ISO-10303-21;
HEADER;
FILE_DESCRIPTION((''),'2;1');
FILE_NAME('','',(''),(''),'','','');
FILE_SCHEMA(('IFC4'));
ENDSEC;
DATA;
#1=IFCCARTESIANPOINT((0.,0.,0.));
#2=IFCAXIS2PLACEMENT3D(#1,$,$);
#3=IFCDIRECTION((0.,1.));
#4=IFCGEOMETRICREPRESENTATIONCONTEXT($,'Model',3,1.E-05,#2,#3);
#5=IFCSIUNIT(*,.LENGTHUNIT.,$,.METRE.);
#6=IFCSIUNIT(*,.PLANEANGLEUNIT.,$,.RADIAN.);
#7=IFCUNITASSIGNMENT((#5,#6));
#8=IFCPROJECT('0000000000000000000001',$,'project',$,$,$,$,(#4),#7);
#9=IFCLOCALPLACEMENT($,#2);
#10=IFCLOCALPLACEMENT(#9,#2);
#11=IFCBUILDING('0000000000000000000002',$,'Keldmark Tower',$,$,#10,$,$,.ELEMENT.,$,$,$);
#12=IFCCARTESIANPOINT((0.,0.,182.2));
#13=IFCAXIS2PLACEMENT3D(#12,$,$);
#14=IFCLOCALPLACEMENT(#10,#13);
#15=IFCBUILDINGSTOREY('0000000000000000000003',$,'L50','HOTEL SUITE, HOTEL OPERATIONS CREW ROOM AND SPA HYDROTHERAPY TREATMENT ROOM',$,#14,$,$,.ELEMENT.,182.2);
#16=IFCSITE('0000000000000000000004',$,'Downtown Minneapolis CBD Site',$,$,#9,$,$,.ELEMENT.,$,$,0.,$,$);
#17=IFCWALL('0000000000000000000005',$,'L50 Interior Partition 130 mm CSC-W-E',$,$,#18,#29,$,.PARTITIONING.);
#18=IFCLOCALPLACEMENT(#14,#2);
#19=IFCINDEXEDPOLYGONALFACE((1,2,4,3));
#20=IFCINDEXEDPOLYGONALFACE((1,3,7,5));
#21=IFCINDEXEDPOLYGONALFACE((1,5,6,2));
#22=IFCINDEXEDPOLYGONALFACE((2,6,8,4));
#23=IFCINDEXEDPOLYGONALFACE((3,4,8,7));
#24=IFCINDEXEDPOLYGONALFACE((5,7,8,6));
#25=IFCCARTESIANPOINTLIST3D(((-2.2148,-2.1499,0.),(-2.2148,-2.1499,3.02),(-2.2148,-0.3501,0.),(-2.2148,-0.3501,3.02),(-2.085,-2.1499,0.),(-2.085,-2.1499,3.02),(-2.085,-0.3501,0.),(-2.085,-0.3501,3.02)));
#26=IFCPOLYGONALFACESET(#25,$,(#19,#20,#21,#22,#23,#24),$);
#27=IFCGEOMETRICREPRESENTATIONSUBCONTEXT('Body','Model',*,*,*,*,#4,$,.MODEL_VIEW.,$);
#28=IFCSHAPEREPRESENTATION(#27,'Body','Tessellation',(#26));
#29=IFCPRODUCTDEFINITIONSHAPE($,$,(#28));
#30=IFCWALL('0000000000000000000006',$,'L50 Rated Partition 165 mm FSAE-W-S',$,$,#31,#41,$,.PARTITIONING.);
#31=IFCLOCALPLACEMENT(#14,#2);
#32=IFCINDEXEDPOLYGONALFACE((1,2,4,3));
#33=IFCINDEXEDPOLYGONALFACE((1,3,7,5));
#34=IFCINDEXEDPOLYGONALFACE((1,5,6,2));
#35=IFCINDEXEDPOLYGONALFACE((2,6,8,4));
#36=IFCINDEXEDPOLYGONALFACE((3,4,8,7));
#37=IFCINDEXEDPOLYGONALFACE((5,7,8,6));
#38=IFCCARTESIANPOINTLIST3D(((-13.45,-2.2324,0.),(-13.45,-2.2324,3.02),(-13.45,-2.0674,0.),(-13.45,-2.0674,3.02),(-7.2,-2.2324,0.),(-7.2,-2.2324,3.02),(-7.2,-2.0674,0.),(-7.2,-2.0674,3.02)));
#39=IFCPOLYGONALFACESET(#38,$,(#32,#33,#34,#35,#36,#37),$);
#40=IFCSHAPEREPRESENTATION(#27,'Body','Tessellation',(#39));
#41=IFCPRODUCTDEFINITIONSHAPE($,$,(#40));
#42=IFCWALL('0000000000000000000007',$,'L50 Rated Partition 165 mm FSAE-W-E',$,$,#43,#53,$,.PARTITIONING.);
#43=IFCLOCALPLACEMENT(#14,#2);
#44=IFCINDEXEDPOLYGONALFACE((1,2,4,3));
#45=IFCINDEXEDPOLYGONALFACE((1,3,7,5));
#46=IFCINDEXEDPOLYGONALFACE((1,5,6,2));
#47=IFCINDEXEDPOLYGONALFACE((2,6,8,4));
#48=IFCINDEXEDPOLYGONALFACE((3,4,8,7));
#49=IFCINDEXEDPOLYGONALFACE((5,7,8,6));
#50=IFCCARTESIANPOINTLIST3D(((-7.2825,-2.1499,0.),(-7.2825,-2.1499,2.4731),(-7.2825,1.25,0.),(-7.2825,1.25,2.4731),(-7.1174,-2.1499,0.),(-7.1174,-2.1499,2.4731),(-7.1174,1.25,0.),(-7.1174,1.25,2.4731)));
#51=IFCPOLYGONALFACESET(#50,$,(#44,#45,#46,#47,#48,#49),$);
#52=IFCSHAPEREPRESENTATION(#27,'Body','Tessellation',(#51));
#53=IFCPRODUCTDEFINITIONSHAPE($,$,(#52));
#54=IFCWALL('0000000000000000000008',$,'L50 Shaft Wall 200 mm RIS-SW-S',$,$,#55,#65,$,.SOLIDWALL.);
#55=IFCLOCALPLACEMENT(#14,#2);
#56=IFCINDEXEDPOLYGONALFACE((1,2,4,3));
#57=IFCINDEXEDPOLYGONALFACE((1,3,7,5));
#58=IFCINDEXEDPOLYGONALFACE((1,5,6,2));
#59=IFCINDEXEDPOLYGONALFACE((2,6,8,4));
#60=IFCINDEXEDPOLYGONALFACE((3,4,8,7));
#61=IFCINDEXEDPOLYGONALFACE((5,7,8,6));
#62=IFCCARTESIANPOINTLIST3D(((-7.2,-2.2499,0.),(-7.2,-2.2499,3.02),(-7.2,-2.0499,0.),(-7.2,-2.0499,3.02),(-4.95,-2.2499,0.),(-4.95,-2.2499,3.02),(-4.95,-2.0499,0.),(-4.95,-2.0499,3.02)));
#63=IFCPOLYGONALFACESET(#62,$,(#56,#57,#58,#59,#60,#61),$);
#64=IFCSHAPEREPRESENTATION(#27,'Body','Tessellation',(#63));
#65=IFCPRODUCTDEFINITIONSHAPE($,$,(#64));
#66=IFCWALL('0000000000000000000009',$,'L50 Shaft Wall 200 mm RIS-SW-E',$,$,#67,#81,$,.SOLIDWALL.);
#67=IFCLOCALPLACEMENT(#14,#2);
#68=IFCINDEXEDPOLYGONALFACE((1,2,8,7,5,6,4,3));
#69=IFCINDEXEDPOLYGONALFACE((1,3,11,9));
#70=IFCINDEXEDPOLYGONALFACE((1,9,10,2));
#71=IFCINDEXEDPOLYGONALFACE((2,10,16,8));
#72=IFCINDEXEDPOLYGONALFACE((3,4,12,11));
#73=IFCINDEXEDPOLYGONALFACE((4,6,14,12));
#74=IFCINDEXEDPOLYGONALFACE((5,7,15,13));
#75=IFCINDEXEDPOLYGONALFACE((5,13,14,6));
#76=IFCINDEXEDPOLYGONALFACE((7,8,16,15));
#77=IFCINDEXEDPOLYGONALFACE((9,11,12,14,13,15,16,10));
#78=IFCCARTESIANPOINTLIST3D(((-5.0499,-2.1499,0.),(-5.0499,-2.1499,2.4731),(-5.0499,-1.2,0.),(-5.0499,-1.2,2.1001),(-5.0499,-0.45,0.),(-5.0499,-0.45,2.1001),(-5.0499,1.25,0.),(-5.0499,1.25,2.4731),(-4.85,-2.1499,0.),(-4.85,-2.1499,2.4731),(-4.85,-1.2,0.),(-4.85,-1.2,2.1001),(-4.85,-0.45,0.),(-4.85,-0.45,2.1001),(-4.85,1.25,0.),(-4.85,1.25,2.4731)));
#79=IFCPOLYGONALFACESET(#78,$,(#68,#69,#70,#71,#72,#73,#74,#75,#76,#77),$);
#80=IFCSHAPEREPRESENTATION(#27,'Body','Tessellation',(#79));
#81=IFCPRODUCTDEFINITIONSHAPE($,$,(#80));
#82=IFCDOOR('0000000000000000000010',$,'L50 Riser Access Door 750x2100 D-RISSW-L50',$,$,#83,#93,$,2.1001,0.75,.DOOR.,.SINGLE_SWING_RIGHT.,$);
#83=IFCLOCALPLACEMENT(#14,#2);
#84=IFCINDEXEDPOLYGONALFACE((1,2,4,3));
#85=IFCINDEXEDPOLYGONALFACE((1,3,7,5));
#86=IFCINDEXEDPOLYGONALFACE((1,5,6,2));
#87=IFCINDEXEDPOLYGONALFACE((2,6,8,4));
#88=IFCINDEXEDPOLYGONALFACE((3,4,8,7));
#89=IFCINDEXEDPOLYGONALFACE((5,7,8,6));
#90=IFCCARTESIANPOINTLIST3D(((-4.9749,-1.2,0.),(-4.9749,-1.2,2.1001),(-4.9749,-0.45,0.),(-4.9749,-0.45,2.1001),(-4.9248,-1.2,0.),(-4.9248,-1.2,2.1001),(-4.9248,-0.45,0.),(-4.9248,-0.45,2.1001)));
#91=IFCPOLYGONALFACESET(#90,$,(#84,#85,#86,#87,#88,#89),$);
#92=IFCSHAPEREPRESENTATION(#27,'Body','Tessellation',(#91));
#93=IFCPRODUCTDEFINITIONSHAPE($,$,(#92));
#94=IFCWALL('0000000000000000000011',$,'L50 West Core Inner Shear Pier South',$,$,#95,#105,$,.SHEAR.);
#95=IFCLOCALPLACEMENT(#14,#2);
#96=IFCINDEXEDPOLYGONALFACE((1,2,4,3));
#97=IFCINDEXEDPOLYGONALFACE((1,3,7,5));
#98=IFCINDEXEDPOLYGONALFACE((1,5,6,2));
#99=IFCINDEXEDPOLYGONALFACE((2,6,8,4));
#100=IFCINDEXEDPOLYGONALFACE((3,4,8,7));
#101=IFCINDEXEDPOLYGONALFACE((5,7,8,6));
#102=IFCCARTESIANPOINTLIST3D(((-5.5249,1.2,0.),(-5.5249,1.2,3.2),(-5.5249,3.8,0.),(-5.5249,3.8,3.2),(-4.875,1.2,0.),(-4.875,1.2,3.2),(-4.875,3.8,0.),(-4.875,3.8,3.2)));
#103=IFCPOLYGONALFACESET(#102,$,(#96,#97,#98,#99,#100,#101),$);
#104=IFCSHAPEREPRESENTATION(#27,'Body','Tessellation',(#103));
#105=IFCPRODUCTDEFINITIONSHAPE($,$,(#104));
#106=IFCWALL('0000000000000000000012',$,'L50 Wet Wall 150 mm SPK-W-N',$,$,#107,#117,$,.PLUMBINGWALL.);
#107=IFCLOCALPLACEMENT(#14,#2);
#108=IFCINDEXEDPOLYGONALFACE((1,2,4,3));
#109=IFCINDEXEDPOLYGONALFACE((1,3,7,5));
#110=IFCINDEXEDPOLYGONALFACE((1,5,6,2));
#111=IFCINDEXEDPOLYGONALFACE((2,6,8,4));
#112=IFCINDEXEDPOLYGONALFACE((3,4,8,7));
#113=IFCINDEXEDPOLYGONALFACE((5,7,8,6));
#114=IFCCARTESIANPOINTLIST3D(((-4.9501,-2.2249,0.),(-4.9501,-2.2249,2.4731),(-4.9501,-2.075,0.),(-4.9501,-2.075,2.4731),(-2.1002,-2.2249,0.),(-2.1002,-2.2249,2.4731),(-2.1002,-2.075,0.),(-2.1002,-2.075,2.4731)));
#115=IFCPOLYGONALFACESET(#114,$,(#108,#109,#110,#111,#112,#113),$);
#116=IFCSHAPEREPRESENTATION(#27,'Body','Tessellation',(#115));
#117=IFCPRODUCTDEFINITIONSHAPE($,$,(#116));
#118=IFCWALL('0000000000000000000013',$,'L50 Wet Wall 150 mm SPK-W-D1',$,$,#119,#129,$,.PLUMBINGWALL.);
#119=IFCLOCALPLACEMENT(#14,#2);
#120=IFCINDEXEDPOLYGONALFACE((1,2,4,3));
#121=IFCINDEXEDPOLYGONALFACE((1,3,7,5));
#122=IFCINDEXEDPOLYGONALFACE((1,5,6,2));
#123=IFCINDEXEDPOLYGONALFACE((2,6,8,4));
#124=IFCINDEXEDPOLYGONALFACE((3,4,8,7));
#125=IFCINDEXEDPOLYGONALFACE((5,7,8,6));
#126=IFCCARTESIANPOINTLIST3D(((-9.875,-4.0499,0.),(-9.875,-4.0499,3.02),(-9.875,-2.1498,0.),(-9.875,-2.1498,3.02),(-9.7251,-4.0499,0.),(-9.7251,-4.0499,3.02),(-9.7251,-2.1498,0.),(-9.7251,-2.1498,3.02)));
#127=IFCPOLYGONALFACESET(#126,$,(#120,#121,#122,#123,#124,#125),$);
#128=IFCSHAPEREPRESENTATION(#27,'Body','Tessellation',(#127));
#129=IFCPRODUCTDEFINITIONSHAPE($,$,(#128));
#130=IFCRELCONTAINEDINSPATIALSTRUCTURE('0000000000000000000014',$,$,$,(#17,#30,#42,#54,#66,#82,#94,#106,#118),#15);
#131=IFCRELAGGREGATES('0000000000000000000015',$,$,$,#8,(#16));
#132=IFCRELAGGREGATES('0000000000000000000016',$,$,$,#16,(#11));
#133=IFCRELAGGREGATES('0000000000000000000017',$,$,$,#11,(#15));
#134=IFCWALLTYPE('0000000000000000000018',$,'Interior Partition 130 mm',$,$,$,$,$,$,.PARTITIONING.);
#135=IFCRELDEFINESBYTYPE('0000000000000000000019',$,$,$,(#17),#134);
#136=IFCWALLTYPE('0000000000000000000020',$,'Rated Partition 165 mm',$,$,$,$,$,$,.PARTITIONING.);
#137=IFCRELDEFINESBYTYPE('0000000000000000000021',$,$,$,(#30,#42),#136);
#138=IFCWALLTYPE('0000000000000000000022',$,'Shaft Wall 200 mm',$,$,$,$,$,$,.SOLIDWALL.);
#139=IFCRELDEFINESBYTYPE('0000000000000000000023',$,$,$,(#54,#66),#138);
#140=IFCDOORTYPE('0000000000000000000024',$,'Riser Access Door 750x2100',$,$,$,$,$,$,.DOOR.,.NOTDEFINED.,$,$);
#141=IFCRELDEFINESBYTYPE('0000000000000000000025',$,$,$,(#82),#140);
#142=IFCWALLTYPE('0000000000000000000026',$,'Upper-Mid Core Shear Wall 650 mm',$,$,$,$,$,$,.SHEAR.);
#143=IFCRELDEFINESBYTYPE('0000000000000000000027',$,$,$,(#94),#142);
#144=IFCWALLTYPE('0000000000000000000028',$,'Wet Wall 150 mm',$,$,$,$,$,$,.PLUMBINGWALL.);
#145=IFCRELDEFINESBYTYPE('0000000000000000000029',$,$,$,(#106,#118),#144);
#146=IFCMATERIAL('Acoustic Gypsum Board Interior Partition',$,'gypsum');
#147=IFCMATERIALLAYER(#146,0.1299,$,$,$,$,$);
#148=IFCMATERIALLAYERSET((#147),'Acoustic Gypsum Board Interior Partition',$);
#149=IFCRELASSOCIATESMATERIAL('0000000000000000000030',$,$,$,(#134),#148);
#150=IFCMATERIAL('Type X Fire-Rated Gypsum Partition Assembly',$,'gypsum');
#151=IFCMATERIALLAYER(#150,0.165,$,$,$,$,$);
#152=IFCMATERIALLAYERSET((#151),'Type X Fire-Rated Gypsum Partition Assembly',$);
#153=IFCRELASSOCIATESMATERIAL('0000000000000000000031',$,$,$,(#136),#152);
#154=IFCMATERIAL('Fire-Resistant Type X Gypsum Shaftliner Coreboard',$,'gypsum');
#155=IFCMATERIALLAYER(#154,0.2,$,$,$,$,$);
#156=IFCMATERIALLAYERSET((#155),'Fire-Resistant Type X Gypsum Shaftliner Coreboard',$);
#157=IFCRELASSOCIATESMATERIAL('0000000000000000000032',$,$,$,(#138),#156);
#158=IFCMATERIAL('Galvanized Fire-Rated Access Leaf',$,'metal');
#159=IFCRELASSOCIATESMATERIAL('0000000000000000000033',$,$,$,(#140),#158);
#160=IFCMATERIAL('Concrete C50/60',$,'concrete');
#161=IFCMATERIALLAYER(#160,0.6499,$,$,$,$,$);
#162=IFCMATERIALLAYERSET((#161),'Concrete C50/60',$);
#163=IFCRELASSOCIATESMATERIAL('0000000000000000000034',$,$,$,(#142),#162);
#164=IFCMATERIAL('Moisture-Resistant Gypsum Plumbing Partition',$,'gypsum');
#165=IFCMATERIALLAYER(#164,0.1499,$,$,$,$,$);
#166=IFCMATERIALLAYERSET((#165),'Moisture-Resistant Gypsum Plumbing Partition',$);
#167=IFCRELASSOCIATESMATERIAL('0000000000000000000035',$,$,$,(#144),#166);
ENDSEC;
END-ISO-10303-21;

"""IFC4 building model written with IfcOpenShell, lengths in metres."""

from ifc_helpers import new_model, si_unit, direction, frame, frame_2d, origin, place, context, subcontext, project, spatial, rectangle, extrude, material, layer, layer_set, type_object, element, fill, save


model = new_model("IFC4")

# Units and contexts
model_context = context("Model", 3, precision=1e-05, world=origin(), true_north=direction((0.0, 1.0)))
body_context = subcontext(model_context, "Body", "Model", "MODEL_VIEW")
ifc_project = project(units=[si_unit("LENGTHUNIT", "METRE"), si_unit("PLANEANGLEUNIT", "RADIAN")], contexts=[model_context])

# Site, building, storey
site_placement = place(None, origin())
site = spatial("IfcSite", under=ifc_project, at=site_placement, Name="Downtown Minneapolis CBD Site", CompositionType="ELEMENT", RefElevation=0.0)
building_placement = place(site_placement, origin())
building = spatial("IfcBuilding", under=site, at=building_placement, Name="Keldmark Tower", CompositionType="ELEMENT")
storey_placement = place(building_placement, frame((0.0, 0.0, 182.2)))
storey = spatial("IfcBuildingStorey", under=building, at=storey_placement, Name="L50", Description="HOTEL SUITE, HOTEL OPERATIONS CREW ROOM AND SPA HYDROTHERAPY TREATMENT ROOM", CompositionType="ELEMENT", Elevation=182.2)

# Shared definitions
ifc_material_1 = material(Name="Acoustic Gypsum Board Interior Partition", Category="gypsum")
ifc_layer_1 = layer(ifc_material_1, 0.1299)
ifc_layer_set_1 = layer_set([ifc_layer_1], Name="Acoustic Gypsum Board Interior Partition")
wall_type_1 = type_object("IfcWallType", Name="Interior Partition 130 mm", PredefinedType="PARTITIONING", material=ifc_layer_set_1)

# Walls
wall_1_placement = place(storey_placement, frame((-2.1499, -2.1499, 0.0), z_axis=(0.0, 0.0, 1.0), x_axis=(0.0, 1.0, 0.0)))
element("IfcWall", 1, at=wall_1_placement, inside=storey, type_object=wall_type_1, Name="L50 Interior Partition 130 mm CSC-W-E", PredefinedType="PARTITIONING", context=body_context, shape_type="SweptSolid", body=[
    extrude(rectangle(XDim=1.7998, YDim=0.1299, at=frame_2d((0.8999, 0.0))), origin(), (0.0, 0.0, 1.0), 3.02),
])
ifc_material_2 = material(Name="Type X Fire-Rated Gypsum Partition Assembly", Category="gypsum")
ifc_layer_2 = layer(ifc_material_2, 0.165)
ifc_layer_set_2 = layer_set([ifc_layer_2], Name="Type X Fire-Rated Gypsum Partition Assembly")
wall_type_2 = type_object("IfcWallType", Name="Rated Partition 165 mm", PredefinedType="PARTITIONING", material=ifc_layer_set_2)
wall_2_placement = place(storey_placement, frame((-13.45, -2.1499, 0.0), z_axis=(0.0, 0.0, 1.0), x_axis=(1.0, 0.0, 0.0)))
element("IfcWall", 2, at=wall_2_placement, inside=storey, type_object=wall_type_2, Name="L50 Rated Partition 165 mm FSAE-W-S", PredefinedType="PARTITIONING", context=body_context, shape_type="SweptSolid", body=[
    extrude(rectangle(XDim=6.25, YDim=0.165, at=frame_2d((3.125, 0.0))), origin(), (0.0, 0.0, 1.0), 3.02),
])

# Walls
wall_3_placement = place(storey_placement, frame((-7.2, -2.1499, 0.0), z_axis=(0.0, 0.0, 1.0), x_axis=(0.0, 1.0, 0.0)))
element("IfcWall", 3, at=wall_3_placement, inside=storey, type_object=wall_type_2, Name="L50 Rated Partition 165 mm FSAE-W-E", PredefinedType="PARTITIONING", context=body_context, shape_type="SweptSolid", body=[
    extrude(rectangle(XDim=3.3999, YDim=0.165, at=frame_2d((1.7, 0.0))), origin(), (0.0, 0.0, 1.0), 2.4731),
])
ifc_material_3 = material(Name="Fire-Resistant Type X Gypsum Shaftliner Coreboard", Category="gypsum")
ifc_layer_3 = layer(ifc_material_3, 0.2)
ifc_layer_set_3 = layer_set([ifc_layer_3], Name="Fire-Resistant Type X Gypsum Shaftliner Coreboard")
wall_type_3 = type_object("IfcWallType", Name="Shaft Wall 200 mm", PredefinedType="SOLIDWALL", material=ifc_layer_set_3)
wall_4_placement = place(storey_placement, frame((-7.2, -2.1499, 0.0), z_axis=(0.0, 0.0, 1.0), x_axis=(1.0, 0.0, 0.0)))
element("IfcWall", 4, at=wall_4_placement, inside=storey, type_object=wall_type_3, Name="L50 Shaft Wall 200 mm RIS-SW-S", PredefinedType="SOLIDWALL", context=body_context, shape_type="SweptSolid", body=[
    extrude(rectangle(XDim=2.25, YDim=0.2, at=frame_2d((1.125, 0.0))), origin(), (0.0, 0.0, 1.0), 3.02),
])

# Wall, opening, door
wall_5_placement = place(storey_placement, frame((-4.95, -2.1499, 0.0), z_axis=(0.0, 0.0, 1.0), x_axis=(0.0, 1.0, 0.0)))
wall_5 = element("IfcWall", 5, at=wall_5_placement, inside=storey, type_object=wall_type_3, Name="L50 Shaft Wall 200 mm RIS-SW-E", PredefinedType="SOLIDWALL", context=body_context, shape_type="SweptSolid", body=[
    extrude(rectangle(XDim=3.3999, YDim=0.2, at=frame_2d((1.7, 0.0))), origin(), (0.0, 0.0, 1.0), 2.4731),
])
opening_1_placement = place(wall_5_placement, frame((0.95, 0.0, 0.0)))
opening_1 = element("IfcOpeningElement", 6, at=opening_1_placement, cuts=wall_5, PredefinedType="OPENING", context=body_context, shape_type="SweptSolid", body=[
    extrude(rectangle(XDim=0.75, YDim=2.1001, at=frame_2d((0.375, 1.05))), frame((0.0, 0.1099, 0.0), z_axis=(0.0, -1.0, 0.0), x_axis=(1.0, 0.0, 0.0)), (0.0, 0.0, 1.0), 0.22),
])
ifc_material_4 = material(Name="Galvanized Fire-Rated Access Leaf", Category="metal")
door_type_1 = type_object("IfcDoorType", Name="Riser Access Door 750x2100", OperationType="NOTDEFINED", PredefinedType="DOOR", material=ifc_material_4)
door_1_placement = place(opening_1_placement, origin())
door_1 = element("IfcDoor", 7, at=door_1_placement, inside=storey, type_object=door_type_1, Name="L50 Riser Access Door 750x2100 D-RISSW-L50", OperationType="SINGLE_SWING_RIGHT", OverallHeight=2.1001, OverallWidth=0.75, PredefinedType="DOOR", context=body_context, shape_type="SweptSolid", body=[
    extrude(rectangle(XDim=0.75, YDim=2.1001, at=frame_2d((0.375, 1.05))), frame((0.0, 0.0249, 0.0), z_axis=(0.0, -1.0, 0.0), x_axis=(1.0, 0.0, 0.0)), (0.0, 0.0, 1.0), 0.05),
])
fill(opening_1, door_1)

# Walls
ifc_material_5 = material(Name="Concrete C50/60", Category="concrete")
ifc_layer_4 = layer(ifc_material_5, 0.6499)
ifc_layer_set_4 = layer_set([ifc_layer_4], Name="Concrete C50/60")
wall_type_4 = type_object("IfcWallType", Name="Upper-Mid Core Shear Wall 650 mm", PredefinedType="SHEAR", material=ifc_layer_set_4)
wall_6_placement = place(storey_placement, frame((-5.2, 1.2, 0.0), z_axis=(0.0, 0.0, 1.0), x_axis=(0.0, 1.0, 0.0)))
element("IfcWall", 8, at=wall_6_placement, inside=storey, type_object=wall_type_4, Name="L50 West Core Inner Shear Pier South", PredefinedType="SHEAR", context=body_context, shape_type="SweptSolid", body=[
    extrude(rectangle(XDim=2.6001, YDim=0.6499, at=frame_2d((1.3, 0.0))), origin(), (0.0, 0.0, 1.0), 3.2),
])
ifc_material_6 = material(Name="Moisture-Resistant Gypsum Plumbing Partition", Category="gypsum")
ifc_layer_5 = layer(ifc_material_6, 0.1499)
ifc_layer_set_5 = layer_set([ifc_layer_5], Name="Moisture-Resistant Gypsum Plumbing Partition")
wall_type_5 = type_object("IfcWallType", Name="Wet Wall 150 mm", PredefinedType="PLUMBINGWALL", material=ifc_layer_set_5)
wall_7_placement = place(storey_placement, frame((-4.95, -2.1499, 0.0), z_axis=(0.0, 0.0, 1.0), x_axis=(1.0, 0.0, 0.0)))
element("IfcWall", 9, at=wall_7_placement, inside=storey, type_object=wall_type_5, Name="L50 Wet Wall 150 mm SPK-W-N", PredefinedType="PLUMBINGWALL", context=body_context, shape_type="SweptSolid", body=[
    extrude(rectangle(XDim=2.8499, YDim=0.1499, at=frame_2d((1.4248, 0.0))), origin(), (0.0, 0.0, 1.0), 2.4731),
])
wall_8_placement = place(storey_placement, frame((-9.8, -4.05, 0.0), z_axis=(0.0, 0.0, 1.0), x_axis=(0.0, 1.0, 0.0)))
element("IfcWall", 10, at=wall_8_placement, inside=storey, type_object=wall_type_5, Name="L50 Wet Wall 150 mm SPK-W-D1", PredefinedType="PLUMBINGWALL", context=body_context, shape_type="SweptSolid", body=[
    extrude(rectangle(XDim=1.9001, YDim=0.1499, at=frame_2d((0.9502, 0.0))), origin(), (0.0, 0.0, 1.0), 3.02),
])

save(model, "model.ifc")
